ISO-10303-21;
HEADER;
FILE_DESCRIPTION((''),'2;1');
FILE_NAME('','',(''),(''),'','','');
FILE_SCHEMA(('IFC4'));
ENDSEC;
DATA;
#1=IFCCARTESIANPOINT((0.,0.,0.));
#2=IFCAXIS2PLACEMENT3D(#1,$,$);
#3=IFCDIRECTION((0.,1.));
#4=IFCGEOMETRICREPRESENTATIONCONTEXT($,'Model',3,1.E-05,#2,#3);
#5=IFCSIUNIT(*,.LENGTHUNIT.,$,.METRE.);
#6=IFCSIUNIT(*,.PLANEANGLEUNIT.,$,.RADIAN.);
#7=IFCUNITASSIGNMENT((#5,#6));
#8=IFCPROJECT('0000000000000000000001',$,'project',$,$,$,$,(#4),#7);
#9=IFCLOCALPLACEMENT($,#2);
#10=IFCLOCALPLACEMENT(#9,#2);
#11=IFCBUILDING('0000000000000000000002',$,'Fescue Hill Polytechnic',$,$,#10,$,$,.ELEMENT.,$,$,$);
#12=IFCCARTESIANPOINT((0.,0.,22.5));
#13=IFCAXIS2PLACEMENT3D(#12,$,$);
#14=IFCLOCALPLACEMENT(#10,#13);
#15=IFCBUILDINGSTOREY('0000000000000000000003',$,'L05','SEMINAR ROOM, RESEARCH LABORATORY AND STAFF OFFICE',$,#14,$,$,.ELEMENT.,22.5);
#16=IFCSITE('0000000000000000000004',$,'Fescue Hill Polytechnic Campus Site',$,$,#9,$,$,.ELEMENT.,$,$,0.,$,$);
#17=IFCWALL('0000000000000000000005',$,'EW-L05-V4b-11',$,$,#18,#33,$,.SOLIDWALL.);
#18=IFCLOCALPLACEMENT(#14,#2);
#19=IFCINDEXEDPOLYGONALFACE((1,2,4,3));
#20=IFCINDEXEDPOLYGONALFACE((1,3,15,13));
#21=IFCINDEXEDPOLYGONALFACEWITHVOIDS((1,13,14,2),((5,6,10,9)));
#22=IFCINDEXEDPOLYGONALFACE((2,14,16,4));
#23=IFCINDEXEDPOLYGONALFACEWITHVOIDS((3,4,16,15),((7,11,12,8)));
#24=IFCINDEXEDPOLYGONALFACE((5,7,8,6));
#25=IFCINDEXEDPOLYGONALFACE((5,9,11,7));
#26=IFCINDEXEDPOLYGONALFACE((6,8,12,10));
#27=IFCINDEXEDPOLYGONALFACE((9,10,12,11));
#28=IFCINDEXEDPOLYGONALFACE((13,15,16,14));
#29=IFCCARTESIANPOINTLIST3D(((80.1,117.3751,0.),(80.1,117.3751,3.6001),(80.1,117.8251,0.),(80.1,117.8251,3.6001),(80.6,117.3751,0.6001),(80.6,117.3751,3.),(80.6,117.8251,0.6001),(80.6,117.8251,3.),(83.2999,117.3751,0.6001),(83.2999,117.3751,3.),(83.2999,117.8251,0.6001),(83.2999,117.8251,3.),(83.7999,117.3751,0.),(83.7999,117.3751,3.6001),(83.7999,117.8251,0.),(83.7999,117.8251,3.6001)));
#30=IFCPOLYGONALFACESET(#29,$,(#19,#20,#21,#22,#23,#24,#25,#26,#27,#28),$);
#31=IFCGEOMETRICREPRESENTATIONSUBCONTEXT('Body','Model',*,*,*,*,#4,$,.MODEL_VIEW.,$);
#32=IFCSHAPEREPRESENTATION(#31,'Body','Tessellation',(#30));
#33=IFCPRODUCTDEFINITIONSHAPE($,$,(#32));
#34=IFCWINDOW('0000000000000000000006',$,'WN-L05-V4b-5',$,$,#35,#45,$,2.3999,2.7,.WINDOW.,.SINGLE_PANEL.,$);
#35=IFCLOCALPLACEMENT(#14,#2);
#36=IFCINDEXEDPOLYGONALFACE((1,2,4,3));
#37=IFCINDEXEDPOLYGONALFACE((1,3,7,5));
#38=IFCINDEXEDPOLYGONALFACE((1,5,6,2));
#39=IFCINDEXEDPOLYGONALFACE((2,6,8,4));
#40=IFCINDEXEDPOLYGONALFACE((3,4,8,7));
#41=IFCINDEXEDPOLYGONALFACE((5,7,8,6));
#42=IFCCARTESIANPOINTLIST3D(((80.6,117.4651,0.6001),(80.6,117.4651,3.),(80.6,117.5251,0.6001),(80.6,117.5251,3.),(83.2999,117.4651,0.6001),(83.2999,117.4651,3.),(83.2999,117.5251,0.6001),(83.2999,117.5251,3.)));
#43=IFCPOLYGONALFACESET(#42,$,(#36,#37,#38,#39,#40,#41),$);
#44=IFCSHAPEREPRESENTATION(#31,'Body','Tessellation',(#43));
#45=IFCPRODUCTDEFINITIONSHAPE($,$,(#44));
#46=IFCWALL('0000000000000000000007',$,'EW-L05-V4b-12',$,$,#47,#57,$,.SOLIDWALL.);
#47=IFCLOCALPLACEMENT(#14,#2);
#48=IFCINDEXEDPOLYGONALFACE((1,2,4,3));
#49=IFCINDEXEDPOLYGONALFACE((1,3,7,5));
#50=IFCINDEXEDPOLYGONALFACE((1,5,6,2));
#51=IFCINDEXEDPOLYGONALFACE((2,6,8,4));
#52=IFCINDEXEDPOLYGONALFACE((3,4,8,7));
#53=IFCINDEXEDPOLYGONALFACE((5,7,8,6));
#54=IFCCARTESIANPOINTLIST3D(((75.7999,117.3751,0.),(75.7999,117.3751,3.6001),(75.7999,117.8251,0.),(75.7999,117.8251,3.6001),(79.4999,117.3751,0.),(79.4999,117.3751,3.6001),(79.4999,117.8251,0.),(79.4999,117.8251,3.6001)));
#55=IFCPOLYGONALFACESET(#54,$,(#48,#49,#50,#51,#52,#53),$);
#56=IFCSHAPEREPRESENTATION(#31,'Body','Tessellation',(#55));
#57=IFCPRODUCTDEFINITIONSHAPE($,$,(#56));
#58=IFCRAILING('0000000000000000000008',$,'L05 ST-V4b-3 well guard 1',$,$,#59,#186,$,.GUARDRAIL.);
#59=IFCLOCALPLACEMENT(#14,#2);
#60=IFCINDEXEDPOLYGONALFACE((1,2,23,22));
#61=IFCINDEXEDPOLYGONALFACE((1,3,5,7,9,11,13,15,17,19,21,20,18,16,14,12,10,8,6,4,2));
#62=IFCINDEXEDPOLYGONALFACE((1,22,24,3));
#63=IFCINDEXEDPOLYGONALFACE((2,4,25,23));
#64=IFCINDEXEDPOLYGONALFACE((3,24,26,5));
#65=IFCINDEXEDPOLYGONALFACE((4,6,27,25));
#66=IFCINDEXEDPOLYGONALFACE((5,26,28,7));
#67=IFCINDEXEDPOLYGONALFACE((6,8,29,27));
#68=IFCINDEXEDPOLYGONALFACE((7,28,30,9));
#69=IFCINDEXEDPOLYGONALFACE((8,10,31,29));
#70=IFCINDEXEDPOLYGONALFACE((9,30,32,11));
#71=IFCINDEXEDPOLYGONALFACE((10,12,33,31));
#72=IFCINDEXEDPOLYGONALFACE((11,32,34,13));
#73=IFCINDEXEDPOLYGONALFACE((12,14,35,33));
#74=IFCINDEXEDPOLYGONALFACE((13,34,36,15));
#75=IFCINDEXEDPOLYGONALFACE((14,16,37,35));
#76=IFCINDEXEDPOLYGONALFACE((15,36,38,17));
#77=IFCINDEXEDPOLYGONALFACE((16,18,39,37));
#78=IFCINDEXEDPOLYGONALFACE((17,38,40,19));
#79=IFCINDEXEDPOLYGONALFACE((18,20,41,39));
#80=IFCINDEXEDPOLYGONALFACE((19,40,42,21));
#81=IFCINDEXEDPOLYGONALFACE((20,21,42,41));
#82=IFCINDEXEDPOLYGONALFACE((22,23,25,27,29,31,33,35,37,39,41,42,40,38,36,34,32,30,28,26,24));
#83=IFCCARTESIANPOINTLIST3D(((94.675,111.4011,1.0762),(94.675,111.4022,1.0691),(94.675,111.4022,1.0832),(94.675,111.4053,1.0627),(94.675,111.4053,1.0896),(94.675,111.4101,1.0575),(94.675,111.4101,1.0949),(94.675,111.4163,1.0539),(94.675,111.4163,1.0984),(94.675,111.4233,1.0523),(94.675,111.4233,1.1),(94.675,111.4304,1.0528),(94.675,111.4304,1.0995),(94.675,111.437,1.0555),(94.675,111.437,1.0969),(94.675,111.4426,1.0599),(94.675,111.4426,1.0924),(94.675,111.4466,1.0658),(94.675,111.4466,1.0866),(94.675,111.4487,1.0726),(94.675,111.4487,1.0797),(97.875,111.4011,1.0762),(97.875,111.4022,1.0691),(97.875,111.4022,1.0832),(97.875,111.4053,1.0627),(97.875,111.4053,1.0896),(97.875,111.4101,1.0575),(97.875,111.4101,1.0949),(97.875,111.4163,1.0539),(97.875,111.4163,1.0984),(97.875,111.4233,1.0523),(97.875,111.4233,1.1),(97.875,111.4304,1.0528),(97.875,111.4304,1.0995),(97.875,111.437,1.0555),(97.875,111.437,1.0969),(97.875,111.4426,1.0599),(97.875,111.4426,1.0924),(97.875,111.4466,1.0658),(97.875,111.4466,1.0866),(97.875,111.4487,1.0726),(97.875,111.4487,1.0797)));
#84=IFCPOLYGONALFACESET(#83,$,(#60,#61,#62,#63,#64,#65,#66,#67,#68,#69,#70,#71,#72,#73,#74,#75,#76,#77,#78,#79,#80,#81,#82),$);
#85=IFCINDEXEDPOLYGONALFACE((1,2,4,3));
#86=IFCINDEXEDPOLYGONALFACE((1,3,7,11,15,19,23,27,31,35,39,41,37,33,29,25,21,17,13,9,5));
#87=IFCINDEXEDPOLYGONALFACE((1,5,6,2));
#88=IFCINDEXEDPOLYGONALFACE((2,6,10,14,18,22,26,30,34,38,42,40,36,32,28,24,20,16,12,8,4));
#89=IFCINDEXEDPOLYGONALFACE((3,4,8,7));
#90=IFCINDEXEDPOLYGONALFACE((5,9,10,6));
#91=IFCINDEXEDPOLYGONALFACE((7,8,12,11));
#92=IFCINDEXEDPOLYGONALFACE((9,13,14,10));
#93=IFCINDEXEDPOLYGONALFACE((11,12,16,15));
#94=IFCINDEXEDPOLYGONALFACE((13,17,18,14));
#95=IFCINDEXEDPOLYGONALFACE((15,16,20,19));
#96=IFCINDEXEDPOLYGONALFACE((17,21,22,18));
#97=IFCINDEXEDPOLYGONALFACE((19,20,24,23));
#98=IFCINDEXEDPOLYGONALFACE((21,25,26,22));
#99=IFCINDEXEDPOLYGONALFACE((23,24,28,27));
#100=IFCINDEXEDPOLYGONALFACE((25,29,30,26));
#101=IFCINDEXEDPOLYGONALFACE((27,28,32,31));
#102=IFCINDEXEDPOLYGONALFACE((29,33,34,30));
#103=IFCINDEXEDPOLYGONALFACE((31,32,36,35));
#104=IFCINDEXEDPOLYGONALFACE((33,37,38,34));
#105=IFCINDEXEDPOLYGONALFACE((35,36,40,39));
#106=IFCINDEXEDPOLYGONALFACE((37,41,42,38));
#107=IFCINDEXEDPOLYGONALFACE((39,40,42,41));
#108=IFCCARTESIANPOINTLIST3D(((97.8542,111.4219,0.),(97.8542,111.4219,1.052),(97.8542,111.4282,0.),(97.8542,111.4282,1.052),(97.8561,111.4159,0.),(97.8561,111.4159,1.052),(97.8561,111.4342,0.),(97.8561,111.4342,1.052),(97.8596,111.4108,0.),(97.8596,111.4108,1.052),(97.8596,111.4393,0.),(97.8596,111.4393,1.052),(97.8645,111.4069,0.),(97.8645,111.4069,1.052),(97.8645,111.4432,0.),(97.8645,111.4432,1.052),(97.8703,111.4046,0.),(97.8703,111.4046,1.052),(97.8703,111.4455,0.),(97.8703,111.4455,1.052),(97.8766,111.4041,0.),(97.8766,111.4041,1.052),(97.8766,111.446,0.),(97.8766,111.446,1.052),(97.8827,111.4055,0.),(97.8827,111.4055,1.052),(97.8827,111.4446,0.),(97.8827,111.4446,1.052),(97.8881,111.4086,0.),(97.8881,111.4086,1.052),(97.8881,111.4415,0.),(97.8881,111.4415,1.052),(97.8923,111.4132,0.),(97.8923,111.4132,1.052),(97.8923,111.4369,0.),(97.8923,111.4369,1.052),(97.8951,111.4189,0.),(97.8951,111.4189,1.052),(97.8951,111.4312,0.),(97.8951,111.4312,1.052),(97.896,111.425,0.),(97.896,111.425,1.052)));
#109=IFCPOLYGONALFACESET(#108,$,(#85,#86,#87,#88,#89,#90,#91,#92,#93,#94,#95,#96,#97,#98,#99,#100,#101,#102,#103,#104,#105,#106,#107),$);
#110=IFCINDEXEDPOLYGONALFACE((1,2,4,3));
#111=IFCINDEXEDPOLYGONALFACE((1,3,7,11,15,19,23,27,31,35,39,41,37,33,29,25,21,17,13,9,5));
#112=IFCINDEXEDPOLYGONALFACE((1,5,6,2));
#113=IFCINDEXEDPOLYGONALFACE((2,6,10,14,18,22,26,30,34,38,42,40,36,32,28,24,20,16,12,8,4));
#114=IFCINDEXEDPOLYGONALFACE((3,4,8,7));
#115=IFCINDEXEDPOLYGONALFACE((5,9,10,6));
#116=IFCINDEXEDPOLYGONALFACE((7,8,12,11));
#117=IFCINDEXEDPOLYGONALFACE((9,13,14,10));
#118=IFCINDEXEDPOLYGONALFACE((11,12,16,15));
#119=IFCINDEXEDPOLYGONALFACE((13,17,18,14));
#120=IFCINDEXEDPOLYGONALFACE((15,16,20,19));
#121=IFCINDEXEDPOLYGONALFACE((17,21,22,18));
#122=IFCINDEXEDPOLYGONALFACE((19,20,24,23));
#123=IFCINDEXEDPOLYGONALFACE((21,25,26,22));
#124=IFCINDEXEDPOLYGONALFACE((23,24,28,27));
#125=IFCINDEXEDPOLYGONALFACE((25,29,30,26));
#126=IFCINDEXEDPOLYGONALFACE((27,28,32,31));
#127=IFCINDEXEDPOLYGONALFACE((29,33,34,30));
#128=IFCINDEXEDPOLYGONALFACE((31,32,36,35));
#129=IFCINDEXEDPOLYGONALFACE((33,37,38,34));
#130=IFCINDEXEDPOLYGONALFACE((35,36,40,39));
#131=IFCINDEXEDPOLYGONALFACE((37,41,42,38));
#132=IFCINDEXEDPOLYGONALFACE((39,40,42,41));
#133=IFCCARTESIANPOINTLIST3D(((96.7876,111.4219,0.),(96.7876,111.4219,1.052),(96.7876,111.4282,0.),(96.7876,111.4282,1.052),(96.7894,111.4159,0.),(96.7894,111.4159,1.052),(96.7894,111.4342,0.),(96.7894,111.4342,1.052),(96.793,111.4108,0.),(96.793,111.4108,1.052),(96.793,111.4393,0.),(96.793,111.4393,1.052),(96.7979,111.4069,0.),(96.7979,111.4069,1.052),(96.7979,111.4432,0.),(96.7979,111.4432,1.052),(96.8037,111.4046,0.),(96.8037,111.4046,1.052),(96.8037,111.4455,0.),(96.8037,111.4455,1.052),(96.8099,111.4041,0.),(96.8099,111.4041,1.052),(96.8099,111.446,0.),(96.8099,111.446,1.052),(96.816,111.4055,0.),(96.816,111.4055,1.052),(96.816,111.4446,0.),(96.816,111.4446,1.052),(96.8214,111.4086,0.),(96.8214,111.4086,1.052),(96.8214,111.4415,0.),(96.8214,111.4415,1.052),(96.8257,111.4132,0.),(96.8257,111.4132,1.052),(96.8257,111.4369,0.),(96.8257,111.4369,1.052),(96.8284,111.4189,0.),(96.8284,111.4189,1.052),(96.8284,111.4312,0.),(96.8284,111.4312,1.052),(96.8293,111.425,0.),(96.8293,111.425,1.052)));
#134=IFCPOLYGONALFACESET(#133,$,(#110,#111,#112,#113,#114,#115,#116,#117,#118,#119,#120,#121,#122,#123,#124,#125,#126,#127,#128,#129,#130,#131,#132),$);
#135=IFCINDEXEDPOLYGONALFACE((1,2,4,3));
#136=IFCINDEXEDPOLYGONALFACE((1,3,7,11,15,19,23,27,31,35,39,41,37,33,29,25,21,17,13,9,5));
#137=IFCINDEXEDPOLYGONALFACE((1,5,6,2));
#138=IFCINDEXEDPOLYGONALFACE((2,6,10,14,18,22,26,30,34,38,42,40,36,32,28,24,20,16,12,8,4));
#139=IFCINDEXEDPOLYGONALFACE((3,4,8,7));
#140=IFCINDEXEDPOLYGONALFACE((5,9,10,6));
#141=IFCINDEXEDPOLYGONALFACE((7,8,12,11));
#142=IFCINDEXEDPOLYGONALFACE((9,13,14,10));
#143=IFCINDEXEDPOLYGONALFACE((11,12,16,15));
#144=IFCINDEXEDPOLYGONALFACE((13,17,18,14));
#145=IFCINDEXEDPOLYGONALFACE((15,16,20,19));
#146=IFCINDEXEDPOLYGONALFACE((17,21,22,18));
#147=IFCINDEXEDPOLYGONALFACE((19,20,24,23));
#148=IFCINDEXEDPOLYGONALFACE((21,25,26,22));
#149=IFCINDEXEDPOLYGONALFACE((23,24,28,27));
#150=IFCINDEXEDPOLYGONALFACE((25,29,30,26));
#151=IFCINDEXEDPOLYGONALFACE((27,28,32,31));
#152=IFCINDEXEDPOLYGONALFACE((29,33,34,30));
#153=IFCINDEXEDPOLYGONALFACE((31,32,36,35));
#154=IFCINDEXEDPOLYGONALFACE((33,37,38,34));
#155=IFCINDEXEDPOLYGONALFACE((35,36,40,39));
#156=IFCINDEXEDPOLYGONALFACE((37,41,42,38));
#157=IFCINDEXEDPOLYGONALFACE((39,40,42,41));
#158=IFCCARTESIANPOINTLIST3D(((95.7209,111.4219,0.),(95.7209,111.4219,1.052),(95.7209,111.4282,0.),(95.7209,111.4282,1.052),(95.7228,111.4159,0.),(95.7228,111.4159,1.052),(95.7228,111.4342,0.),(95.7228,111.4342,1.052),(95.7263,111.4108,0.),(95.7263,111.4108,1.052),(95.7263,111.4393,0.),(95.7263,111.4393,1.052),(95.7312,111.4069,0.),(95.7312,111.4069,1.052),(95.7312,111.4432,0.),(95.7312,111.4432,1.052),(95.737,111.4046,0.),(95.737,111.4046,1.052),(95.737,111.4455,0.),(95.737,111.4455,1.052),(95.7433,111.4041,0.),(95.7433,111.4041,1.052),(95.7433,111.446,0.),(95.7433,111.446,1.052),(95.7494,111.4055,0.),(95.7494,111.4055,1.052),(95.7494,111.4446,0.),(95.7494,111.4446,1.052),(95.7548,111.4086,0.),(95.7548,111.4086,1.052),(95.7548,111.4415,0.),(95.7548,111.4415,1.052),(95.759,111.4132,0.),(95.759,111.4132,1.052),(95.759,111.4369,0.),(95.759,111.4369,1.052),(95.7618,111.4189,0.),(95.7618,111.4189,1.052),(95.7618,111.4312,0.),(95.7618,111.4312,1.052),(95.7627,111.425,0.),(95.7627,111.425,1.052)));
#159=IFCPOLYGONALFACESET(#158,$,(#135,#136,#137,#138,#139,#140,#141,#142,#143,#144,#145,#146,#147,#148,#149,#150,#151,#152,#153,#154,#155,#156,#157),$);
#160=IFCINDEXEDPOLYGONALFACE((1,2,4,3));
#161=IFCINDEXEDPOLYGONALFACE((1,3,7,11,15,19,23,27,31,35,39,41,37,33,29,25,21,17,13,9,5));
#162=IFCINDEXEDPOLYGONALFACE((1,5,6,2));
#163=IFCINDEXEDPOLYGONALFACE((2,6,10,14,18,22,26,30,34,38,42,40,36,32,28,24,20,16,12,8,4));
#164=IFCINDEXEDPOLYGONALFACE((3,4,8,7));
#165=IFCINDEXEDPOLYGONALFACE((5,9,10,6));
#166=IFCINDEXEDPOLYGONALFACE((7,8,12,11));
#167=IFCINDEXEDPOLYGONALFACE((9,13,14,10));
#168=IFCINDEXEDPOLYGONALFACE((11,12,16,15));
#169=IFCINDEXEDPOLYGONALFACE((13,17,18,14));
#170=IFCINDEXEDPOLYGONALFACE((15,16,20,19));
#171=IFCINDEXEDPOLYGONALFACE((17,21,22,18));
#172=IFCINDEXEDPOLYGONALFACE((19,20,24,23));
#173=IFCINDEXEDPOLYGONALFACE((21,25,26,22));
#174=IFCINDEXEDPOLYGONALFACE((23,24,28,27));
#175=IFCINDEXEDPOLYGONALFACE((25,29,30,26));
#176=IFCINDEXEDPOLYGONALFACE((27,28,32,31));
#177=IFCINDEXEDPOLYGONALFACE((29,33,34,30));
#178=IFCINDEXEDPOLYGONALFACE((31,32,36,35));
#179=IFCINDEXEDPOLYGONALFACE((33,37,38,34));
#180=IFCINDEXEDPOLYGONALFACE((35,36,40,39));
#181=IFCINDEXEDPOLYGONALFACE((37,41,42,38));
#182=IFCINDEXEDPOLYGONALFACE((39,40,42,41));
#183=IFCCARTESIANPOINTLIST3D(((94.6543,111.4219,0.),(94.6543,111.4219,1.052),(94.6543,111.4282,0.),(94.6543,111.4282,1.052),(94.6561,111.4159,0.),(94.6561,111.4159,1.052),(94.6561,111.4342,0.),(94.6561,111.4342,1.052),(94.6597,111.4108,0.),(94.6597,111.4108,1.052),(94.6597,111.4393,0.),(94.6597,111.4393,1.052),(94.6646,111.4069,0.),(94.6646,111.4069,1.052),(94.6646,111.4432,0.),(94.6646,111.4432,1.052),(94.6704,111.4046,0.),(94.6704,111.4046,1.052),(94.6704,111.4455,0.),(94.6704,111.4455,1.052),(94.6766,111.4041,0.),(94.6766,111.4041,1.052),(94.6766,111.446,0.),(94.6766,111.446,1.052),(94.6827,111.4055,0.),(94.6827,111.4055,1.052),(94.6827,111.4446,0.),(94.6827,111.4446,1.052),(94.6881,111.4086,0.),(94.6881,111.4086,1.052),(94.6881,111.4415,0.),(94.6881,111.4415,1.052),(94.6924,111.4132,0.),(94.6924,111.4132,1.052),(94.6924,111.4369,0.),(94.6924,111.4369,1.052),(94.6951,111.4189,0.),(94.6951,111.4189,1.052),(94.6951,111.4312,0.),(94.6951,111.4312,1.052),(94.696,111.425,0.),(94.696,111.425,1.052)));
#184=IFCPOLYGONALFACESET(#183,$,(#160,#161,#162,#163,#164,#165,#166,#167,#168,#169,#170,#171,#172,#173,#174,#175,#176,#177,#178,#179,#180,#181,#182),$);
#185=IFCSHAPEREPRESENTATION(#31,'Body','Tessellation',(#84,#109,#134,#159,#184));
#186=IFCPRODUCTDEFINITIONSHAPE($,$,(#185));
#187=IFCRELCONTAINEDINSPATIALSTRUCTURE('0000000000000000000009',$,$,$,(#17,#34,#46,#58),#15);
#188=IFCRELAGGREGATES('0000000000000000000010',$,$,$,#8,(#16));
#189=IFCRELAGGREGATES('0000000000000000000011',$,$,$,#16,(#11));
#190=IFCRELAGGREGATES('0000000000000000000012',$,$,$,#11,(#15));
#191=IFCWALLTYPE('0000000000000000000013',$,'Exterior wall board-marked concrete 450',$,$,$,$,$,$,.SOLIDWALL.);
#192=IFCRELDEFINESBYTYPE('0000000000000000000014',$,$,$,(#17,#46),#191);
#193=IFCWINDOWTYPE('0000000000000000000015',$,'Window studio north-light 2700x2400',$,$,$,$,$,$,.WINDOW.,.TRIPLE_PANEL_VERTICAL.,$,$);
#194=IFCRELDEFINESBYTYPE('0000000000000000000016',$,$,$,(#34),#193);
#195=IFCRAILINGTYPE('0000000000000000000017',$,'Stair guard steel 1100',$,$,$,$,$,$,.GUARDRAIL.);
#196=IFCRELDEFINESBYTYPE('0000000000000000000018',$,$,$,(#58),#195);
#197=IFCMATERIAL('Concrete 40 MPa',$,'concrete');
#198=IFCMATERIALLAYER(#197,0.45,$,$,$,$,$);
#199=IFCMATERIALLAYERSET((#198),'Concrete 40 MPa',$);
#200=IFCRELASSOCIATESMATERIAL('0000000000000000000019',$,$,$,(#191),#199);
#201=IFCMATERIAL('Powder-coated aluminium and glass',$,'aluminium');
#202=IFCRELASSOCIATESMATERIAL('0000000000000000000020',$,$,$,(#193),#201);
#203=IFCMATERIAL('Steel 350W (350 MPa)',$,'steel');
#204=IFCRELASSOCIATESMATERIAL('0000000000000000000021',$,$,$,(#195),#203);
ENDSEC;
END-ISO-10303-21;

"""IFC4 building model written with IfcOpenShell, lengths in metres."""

from ifc_helpers import new_model, si_unit, direction, frame, frame_2d, origin, origin_2d, place, context, subcontext, project, spatial, rectangle, circle, extrude, material, layer, layer_set, type_object, element, fill, save


model = new_model("IFC4")

# Units and contexts
model_context = context("Model", 3, precision=1e-05, world=origin(), true_north=direction((0.0, 1.0)))
body_context = subcontext(model_context, "Body", "Model", "MODEL_VIEW")
ifc_project = project(units=[si_unit("LENGTHUNIT", "METRE"), si_unit("PLANEANGLEUNIT", "RADIAN")], contexts=[model_context])

# Site, building, storey
site_placement = place(None, origin())
site = spatial("IfcSite", under=ifc_project, at=site_placement, Name="Fescue Hill Polytechnic Campus Site", CompositionType="ELEMENT", RefElevation=0.0)
building_placement = place(site_placement, origin())
building = spatial("IfcBuilding", under=site, at=building_placement, Name="Fescue Hill Polytechnic", CompositionType="ELEMENT")
storey_placement = place(building_placement, frame((0.0, 0.0, 22.5)))
storey = spatial("IfcBuildingStorey", under=building, at=storey_placement, Name="L05", Description="SEMINAR ROOM, RESEARCH LABORATORY AND STAFF OFFICE", CompositionType="ELEMENT", Elevation=22.5)

# Shared definitions
ifc_material_1 = material(Name="Concrete 40 MPa", Category="concrete")

# Shared definitions
ifc_layer_1 = layer(ifc_material_1, 0.45)
ifc_layer_set_1 = layer_set([ifc_layer_1], Name="Concrete 40 MPa")
wall_type_1 = type_object("IfcWallType", Name="Exterior wall board-marked concrete 450", PredefinedType="SOLIDWALL", material=ifc_layer_set_1)

# Wall, opening, window
ifc_material_2 = material(Name="Powder-coated aluminium and glass", Category="aluminium")
window_type = type_object("IfcWindowType", Name="Window studio north-light 2700x2400", PartitioningType="TRIPLE_PANEL_VERTICAL", PredefinedType="WINDOW", material=ifc_material_2)
wall_1_placement = place(storey_placement, frame((83.8, 117.6001, 0.0), z_axis=(0.0, 0.0, 1.0), x_axis=(-1.0, 0.0, 0.0)))
wall_1 = element("IfcWall", 1, at=wall_1_placement, inside=storey, type_object=wall_type_1, Name="EW-L05-V4b-11", PredefinedType="SOLIDWALL", context=body_context, shape_type="SweptSolid", body=[
    extrude(rectangle(XDim=3.7, YDim=0.45, at=frame_2d((1.8501, 0.0))), origin(), (0.0, 0.0, 1.0), 3.6001),
])
opening_1_placement = place(wall_1_placement, frame((0.5, 0.0, 0.6001)))
opening_1 = element("IfcOpeningElement", 2, at=opening_1_placement, cuts=wall_1, PredefinedType="OPENING", context=body_context, shape_type="SweptSolid", body=[
    extrude(rectangle(XDim=2.7, YDim=2.3999, at=frame_2d((1.3501, 1.2))), frame((0.0, 0.2349, 0.0), z_axis=(0.0, -1.0, 0.0), x_axis=(1.0, 0.0, 0.0)), (0.0, 0.0, 1.0), 0.47),
])
window_1_placement = place(opening_1_placement, origin())
window_1 = element("IfcWindow", 3, at=window_1_placement, inside=storey, type_object=window_type, Name="WN-L05-V4b-5", OverallHeight=2.3999, OverallWidth=2.7, PartitioningType="SINGLE_PANEL", PredefinedType="WINDOW", context=body_context, shape_type="SweptSolid", body=[
    extrude(rectangle(XDim=2.7, YDim=2.3999, at=frame_2d((1.3501, 1.2))), frame((0.0, 0.135, 0.0), z_axis=(0.0, -1.0, 0.0), x_axis=(1.0, 0.0, 0.0)), (0.0, 0.0, 1.0), 0.0601),
])
fill(opening_1, window_1)

# Wall
wall_2_placement = place(storey_placement, frame((79.5, 117.6001, 0.0), z_axis=(0.0, 0.0, 1.0), x_axis=(-1.0, 0.0, 0.0)))
element("IfcWall", 4, at=wall_2_placement, inside=storey, type_object=wall_type_1, Name="EW-L05-V4b-12", PredefinedType="SOLIDWALL", context=body_context, shape_type="SweptSolid", body=[
    extrude(rectangle(XDim=3.7, YDim=0.45, at=frame_2d((1.8501, 0.0))), origin(), (0.0, 0.0, 1.0), 3.6001),
])

# Railing
ifc_material_3 = material(Name="Steel 350W (350 MPa)", Category="steel")
railing_type = type_object("IfcRailingType", Name="Stair guard steel 1100", PredefinedType="GUARDRAIL", material=ifc_material_3)
railing_placement = place(storey_placement, frame((97.875, 111.425, 0.0)))
element("IfcRailing", 5, at=railing_placement, inside=storey, type_object=railing_type, Name="L05 ST-V4b-3 well guard 1", PredefinedType="GUARDRAIL", context=body_context, shape_type="SweptSolid", body=[
    extrude(circle(Radius=0.0239, at=origin_2d()), frame((0.0, 0.0, 1.0762), z_axis=(-1.0, 0.0, 0.0), x_axis=(0.0, -1.0, 0.0)), (0.0, 0.0, 1.0), 3.2),
    extrude(circle(Radius=0.021, at=origin_2d()), origin(), (0.0, 0.0, 1.0), 1.052),
    extrude(circle(Radius=0.021, at=origin_2d()), frame((-1.0667, 0.0, 0.0)), (0.0, 0.0, 1.0), 1.052),
    extrude(circle(Radius=0.021, at=origin_2d()), frame((-2.1333, 0.0, 0.0)), (0.0, 0.0, 1.0), 1.052),
    extrude(circle(Radius=0.021, at=origin_2d()), frame((-3.2, 0.0, 0.0)), (0.0, 0.0, 1.0), 1.052),
])

save(model, "model.ifc")
